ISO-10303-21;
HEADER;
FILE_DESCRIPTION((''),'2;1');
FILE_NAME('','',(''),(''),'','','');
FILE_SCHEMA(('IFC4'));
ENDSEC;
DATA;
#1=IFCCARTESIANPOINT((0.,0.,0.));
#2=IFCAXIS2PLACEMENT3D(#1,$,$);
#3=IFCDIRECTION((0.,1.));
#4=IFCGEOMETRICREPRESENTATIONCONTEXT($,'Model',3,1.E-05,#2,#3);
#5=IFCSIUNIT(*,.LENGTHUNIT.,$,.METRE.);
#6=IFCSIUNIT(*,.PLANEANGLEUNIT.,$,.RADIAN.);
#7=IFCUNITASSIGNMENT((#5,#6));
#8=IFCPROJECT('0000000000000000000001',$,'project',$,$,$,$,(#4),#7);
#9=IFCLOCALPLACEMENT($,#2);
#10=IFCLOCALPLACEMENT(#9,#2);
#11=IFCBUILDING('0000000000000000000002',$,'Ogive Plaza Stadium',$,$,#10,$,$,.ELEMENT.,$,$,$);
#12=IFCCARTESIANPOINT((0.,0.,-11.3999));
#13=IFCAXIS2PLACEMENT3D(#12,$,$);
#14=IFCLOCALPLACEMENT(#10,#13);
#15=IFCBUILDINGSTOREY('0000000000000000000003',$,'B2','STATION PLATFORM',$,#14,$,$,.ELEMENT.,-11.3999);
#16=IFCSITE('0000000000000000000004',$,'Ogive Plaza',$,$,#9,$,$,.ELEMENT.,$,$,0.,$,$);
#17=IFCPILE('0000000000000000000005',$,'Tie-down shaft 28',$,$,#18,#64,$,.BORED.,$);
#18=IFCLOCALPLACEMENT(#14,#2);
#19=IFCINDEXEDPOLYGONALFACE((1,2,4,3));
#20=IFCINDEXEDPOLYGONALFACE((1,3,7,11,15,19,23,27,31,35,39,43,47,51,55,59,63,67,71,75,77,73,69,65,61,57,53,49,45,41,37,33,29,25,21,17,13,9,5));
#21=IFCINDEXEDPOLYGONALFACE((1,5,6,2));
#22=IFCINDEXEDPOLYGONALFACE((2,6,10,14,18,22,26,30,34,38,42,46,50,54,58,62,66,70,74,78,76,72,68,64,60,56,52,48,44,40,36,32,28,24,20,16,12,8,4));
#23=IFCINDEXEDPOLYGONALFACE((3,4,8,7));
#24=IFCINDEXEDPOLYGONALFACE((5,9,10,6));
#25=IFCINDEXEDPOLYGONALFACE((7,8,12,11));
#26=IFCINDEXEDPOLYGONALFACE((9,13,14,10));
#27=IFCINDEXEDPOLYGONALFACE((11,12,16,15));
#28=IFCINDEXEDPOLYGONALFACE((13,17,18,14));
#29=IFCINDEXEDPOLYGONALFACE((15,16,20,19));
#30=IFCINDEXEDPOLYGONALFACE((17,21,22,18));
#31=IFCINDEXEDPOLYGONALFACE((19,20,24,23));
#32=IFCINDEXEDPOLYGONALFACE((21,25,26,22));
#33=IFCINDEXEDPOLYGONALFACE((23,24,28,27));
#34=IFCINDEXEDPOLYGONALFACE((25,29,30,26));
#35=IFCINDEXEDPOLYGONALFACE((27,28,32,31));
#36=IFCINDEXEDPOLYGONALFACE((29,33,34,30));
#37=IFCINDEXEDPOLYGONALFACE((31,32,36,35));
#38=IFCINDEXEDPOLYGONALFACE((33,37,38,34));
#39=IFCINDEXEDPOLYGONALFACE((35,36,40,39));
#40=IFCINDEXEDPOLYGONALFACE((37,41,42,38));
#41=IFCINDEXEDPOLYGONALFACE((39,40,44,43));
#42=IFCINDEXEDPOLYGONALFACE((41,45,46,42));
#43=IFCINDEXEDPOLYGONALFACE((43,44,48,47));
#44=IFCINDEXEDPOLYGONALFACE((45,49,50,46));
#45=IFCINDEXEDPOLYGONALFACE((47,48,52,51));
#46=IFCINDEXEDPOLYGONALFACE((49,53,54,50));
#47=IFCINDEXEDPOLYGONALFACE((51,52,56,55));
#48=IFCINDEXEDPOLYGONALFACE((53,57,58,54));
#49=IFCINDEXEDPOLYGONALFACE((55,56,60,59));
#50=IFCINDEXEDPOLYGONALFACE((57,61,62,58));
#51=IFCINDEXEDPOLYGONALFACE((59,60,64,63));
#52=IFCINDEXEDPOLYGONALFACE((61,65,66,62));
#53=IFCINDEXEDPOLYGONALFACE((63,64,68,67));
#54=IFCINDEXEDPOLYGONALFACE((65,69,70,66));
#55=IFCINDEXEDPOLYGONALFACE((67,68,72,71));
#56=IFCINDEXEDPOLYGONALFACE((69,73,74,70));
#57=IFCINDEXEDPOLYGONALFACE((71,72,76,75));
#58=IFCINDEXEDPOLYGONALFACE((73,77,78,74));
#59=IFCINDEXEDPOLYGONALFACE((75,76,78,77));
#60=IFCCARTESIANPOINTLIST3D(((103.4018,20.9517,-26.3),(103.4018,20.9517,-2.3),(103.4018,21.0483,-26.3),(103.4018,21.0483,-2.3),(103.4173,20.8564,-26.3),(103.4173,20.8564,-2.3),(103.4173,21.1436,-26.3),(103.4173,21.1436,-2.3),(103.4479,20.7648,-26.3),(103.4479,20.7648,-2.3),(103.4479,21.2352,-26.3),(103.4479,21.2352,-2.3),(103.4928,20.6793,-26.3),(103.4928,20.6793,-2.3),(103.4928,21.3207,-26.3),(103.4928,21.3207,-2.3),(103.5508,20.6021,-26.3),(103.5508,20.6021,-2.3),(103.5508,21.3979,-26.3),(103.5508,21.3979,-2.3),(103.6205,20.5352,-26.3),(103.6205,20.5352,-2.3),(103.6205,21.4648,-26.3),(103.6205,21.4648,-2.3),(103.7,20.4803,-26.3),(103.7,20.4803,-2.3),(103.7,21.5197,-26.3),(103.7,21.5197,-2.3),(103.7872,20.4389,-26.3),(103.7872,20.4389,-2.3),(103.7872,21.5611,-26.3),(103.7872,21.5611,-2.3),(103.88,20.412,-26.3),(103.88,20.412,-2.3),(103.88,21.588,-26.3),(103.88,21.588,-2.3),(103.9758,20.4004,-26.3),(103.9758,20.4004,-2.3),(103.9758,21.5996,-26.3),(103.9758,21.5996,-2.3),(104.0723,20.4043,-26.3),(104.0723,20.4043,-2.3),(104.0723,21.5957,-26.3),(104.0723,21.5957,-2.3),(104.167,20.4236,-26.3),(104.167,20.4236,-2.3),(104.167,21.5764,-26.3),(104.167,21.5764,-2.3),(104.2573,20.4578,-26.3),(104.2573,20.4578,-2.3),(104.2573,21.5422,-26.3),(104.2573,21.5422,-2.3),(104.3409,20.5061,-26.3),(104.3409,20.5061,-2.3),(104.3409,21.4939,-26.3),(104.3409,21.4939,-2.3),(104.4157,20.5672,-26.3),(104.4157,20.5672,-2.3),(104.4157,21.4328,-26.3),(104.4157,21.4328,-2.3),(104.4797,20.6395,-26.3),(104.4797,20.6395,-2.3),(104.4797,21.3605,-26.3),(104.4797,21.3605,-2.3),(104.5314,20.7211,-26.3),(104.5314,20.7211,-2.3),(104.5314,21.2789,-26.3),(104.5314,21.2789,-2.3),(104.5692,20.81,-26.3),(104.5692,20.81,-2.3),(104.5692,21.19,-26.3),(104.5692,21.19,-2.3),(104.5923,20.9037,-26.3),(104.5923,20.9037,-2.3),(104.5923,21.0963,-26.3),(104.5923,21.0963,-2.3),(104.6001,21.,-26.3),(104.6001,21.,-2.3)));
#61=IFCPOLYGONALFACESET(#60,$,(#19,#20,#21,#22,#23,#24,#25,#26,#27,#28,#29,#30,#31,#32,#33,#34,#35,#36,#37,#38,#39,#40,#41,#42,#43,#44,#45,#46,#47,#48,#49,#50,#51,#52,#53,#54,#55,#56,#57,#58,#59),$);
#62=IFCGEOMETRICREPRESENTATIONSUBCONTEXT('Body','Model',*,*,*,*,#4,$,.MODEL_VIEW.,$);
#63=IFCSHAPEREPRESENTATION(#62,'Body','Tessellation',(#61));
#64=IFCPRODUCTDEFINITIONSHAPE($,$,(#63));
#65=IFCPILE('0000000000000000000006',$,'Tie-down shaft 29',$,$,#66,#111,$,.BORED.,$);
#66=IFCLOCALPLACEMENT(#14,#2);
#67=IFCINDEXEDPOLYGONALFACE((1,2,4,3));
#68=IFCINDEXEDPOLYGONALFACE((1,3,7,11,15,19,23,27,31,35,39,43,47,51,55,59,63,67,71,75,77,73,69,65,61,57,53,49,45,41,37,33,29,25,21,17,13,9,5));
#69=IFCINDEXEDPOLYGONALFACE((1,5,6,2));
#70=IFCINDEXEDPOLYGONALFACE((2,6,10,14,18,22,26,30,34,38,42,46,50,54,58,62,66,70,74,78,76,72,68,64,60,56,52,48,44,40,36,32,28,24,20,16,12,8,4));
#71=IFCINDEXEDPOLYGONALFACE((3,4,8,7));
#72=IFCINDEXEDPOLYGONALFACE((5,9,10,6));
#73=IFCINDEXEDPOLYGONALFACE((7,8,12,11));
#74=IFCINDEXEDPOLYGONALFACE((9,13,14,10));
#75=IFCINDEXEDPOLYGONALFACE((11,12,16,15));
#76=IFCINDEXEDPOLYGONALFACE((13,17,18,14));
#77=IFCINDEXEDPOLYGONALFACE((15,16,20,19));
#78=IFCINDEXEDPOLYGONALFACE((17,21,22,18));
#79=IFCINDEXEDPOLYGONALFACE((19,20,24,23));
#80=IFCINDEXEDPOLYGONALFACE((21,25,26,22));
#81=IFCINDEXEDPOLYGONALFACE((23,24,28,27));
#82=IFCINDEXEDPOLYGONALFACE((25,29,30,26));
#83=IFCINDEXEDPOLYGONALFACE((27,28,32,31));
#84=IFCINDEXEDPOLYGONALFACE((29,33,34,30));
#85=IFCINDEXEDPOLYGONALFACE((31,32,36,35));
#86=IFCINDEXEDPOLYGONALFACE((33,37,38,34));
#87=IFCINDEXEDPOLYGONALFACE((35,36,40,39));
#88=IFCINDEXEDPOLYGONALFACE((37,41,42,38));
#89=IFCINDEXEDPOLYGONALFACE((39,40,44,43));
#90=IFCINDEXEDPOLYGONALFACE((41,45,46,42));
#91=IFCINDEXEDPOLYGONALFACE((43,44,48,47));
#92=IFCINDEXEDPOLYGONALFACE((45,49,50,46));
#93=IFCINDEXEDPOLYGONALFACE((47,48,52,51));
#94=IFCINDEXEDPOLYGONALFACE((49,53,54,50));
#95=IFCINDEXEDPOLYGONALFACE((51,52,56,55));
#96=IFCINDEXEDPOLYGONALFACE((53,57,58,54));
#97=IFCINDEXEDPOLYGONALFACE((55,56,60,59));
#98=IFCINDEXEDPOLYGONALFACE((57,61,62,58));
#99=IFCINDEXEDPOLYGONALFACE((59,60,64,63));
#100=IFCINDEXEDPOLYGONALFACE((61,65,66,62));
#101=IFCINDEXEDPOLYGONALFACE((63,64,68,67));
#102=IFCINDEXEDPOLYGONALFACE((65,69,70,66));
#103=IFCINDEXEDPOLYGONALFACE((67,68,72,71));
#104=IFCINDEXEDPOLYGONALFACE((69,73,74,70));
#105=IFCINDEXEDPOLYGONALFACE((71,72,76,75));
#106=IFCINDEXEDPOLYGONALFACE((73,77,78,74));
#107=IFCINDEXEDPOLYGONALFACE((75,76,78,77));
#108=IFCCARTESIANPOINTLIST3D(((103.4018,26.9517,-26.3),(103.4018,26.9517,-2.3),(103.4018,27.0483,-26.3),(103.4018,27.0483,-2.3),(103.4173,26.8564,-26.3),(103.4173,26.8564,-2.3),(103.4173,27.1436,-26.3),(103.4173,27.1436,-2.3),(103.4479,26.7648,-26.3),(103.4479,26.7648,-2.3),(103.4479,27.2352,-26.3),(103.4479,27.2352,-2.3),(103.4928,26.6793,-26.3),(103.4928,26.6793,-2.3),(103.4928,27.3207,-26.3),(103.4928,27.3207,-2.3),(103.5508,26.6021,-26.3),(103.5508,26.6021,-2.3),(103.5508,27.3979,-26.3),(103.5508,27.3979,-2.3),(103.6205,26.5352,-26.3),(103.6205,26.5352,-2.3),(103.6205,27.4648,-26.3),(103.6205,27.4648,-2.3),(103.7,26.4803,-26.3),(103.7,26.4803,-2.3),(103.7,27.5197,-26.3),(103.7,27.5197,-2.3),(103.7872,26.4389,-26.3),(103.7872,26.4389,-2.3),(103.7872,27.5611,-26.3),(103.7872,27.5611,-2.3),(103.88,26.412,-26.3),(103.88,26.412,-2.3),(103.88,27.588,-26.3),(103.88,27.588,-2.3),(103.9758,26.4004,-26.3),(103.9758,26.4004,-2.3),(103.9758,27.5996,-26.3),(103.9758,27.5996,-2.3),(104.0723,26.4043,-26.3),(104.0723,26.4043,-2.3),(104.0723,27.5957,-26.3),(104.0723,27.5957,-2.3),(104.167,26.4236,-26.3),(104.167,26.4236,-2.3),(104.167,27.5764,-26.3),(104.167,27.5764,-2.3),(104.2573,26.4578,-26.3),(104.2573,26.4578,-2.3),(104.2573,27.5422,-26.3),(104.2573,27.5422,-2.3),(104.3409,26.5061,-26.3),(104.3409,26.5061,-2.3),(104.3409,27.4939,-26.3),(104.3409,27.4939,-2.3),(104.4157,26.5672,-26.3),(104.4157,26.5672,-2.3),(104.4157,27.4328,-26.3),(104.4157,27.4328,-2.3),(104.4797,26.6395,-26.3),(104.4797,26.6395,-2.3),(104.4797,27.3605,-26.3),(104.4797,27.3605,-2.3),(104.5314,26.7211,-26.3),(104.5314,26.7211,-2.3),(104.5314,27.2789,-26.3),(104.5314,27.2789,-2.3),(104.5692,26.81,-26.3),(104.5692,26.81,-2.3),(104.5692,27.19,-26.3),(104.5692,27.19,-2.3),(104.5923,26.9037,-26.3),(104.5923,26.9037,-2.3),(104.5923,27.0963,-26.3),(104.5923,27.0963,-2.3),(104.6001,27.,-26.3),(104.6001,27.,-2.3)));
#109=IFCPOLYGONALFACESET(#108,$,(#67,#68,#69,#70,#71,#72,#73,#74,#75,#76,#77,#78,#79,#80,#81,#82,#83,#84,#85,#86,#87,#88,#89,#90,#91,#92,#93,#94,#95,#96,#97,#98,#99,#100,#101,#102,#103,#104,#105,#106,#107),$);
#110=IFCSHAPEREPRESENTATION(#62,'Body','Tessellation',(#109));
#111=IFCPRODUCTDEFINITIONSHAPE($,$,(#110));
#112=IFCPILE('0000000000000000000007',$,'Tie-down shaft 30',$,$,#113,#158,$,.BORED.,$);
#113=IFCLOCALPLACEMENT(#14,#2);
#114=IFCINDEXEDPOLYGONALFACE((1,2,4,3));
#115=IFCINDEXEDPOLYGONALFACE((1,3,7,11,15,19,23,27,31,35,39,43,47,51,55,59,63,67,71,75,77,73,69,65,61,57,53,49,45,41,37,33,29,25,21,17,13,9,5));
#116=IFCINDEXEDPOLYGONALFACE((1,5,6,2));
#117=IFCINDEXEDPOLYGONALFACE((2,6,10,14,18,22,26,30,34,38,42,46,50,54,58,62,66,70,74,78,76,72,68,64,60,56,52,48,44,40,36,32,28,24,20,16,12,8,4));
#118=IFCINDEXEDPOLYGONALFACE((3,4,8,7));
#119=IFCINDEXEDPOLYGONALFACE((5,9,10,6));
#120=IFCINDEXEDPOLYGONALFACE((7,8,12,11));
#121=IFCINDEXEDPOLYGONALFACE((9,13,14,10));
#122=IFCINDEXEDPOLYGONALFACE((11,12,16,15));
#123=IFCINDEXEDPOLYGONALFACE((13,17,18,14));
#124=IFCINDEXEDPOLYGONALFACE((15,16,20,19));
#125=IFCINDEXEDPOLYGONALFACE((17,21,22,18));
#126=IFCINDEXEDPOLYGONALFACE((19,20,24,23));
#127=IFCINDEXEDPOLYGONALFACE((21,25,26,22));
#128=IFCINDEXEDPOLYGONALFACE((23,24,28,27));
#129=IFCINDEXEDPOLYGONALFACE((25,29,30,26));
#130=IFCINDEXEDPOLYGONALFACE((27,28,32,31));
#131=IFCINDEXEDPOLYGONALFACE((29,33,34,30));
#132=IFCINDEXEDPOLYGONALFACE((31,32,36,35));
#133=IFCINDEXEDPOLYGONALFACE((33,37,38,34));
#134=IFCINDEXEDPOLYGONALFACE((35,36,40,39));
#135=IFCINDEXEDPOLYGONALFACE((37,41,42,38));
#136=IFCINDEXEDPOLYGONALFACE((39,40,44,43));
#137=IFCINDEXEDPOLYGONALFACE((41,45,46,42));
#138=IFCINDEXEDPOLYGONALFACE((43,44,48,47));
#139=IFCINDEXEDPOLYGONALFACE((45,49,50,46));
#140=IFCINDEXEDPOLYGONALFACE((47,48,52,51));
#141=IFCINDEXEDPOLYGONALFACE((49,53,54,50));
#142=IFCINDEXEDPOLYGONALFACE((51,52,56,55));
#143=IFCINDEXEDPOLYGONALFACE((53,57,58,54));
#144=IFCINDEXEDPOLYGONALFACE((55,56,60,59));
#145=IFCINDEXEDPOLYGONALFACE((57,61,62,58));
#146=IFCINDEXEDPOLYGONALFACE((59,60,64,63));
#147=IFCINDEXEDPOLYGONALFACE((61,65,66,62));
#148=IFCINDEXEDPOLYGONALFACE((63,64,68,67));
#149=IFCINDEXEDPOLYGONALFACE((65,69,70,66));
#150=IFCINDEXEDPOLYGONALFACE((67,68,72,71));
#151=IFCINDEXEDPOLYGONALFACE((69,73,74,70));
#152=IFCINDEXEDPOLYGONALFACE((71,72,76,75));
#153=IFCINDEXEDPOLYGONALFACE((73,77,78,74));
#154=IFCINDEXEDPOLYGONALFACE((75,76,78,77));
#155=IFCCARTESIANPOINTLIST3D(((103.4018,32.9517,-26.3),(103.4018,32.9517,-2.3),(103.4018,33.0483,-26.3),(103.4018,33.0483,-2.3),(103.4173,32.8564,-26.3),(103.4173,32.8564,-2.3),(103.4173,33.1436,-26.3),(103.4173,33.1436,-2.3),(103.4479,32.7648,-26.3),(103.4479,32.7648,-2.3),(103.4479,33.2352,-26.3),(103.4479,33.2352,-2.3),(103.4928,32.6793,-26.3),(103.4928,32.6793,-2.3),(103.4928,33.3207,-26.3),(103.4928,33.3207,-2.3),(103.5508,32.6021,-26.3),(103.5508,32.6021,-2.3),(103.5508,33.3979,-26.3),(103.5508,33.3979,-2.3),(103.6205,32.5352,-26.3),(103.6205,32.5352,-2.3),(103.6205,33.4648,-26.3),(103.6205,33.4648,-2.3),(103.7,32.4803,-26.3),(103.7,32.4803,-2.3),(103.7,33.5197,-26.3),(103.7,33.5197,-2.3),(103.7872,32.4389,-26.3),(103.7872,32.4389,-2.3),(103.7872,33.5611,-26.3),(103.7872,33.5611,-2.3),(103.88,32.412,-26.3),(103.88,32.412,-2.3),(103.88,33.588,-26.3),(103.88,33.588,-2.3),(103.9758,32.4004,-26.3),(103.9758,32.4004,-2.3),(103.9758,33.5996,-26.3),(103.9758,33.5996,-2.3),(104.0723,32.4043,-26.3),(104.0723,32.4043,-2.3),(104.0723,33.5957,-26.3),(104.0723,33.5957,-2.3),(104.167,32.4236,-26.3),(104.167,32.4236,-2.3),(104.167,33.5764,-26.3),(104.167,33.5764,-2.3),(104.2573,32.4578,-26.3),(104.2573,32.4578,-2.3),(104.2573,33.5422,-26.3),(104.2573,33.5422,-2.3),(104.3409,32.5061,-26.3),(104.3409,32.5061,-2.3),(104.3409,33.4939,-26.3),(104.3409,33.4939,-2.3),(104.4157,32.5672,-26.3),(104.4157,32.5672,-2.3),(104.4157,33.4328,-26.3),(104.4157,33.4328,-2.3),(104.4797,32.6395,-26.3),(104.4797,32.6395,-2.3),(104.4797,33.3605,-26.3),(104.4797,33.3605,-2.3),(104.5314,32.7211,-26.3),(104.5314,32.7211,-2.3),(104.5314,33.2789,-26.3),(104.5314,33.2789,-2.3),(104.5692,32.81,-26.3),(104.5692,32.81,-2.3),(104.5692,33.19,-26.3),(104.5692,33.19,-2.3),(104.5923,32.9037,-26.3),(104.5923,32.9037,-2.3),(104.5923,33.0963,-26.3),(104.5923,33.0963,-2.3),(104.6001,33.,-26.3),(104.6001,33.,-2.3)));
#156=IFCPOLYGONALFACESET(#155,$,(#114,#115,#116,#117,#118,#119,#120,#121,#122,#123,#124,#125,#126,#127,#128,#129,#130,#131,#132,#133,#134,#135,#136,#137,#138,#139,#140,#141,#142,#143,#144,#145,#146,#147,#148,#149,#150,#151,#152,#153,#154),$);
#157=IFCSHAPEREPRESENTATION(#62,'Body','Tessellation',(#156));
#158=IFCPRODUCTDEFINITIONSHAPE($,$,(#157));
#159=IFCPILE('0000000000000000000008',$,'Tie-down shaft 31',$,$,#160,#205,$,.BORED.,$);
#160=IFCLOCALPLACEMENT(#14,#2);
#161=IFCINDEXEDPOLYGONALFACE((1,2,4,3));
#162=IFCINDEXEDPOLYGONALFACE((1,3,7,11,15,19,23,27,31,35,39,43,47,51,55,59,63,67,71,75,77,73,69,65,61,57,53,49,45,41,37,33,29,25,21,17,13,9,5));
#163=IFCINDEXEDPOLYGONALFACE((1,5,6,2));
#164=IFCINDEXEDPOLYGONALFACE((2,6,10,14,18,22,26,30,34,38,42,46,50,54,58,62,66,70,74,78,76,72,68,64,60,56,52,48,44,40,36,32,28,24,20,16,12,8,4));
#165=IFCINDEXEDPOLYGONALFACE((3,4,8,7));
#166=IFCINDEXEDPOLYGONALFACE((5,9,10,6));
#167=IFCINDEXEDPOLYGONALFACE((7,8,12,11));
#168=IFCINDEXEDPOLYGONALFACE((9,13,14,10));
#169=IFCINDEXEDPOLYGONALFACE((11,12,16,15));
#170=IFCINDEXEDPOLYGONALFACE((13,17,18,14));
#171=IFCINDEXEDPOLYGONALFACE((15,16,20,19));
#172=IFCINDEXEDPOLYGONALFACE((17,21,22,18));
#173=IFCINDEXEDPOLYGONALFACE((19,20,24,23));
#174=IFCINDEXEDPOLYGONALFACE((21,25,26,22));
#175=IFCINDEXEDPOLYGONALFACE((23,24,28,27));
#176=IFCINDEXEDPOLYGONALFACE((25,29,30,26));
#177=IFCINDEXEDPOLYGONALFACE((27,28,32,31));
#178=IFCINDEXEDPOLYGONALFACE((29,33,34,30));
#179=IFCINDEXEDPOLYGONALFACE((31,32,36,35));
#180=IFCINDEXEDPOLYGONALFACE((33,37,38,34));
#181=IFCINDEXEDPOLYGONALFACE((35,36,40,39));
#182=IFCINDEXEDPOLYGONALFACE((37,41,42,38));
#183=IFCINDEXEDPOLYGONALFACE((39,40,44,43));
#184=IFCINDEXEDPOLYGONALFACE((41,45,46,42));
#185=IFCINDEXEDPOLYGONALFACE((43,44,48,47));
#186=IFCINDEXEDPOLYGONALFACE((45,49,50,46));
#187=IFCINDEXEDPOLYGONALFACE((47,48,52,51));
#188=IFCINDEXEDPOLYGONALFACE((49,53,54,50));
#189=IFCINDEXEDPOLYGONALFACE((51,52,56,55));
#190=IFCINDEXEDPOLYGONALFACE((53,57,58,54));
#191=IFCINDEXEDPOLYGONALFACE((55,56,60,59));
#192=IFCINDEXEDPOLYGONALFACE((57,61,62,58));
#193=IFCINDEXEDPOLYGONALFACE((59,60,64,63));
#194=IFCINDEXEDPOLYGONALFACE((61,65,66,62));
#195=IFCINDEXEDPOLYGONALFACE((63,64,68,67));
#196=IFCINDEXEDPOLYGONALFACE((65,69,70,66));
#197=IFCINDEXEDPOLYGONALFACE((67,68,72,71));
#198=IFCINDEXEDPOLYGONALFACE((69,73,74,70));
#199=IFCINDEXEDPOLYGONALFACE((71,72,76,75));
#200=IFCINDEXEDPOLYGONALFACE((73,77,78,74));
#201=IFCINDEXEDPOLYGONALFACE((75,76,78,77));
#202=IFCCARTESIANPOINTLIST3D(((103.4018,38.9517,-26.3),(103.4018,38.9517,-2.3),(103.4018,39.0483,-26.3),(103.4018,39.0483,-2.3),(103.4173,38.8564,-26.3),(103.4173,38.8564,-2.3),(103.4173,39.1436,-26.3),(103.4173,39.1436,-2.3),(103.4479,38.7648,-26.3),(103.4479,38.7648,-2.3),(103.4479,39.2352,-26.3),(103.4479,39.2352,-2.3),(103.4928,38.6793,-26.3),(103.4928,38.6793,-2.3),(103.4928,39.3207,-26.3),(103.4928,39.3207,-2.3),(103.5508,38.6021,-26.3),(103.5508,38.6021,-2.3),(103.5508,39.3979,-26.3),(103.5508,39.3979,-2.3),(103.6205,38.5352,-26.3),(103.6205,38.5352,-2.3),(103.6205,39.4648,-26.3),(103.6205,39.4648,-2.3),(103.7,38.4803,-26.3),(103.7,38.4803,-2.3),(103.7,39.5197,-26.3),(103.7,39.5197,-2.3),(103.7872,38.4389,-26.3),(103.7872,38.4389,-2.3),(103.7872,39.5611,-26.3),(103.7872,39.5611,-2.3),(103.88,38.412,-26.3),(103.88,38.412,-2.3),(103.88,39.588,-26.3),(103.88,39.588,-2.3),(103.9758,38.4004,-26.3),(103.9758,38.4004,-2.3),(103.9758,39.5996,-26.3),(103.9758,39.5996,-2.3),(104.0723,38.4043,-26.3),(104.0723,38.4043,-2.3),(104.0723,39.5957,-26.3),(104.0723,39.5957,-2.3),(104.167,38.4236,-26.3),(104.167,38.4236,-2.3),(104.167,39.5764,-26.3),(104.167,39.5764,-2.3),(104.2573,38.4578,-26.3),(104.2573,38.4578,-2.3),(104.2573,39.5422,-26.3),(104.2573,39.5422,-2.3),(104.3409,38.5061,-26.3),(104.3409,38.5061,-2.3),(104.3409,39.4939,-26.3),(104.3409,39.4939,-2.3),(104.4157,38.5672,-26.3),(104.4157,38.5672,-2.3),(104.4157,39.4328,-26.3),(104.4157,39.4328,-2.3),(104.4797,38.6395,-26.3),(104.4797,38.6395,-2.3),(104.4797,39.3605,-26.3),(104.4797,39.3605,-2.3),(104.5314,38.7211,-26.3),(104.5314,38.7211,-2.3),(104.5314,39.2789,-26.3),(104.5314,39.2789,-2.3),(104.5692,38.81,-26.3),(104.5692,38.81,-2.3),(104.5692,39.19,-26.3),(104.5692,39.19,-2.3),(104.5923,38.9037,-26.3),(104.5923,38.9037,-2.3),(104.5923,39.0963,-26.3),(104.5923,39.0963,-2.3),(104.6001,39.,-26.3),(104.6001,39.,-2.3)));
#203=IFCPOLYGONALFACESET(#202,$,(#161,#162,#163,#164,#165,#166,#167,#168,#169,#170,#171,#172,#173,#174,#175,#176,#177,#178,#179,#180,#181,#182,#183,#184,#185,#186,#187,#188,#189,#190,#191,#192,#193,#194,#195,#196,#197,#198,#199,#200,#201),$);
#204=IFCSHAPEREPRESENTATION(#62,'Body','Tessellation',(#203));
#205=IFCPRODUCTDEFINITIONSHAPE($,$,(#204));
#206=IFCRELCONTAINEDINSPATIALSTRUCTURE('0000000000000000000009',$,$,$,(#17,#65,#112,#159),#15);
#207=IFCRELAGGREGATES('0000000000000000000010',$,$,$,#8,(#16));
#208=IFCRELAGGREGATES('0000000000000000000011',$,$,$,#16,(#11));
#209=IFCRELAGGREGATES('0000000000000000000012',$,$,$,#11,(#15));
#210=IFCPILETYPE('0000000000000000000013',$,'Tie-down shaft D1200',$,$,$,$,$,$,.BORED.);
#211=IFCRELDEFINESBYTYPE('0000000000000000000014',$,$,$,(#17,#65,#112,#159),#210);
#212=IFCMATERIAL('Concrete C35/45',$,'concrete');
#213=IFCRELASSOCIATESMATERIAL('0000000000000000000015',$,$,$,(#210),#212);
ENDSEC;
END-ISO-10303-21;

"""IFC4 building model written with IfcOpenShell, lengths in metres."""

from ifc_helpers import new_model, si_unit, direction, frame, origin, origin_2d, place, context, subcontext, project, spatial, circle, extrude, material, material_profile, profile_set, type_object, element, save


model = new_model("IFC4")

# Units and contexts
model_context = context("Model", 3, precision=1e-05, world=origin(), true_north=direction((0.0, 1.0)))
body_context = subcontext(model_context, "Body", "Model", "MODEL_VIEW")
ifc_project = project(units=[si_unit("LENGTHUNIT", "METRE"), si_unit("PLANEANGLEUNIT", "RADIAN")], contexts=[model_context])

# Site, building, storey
site_placement = place(None, origin())
site = spatial("IfcSite", under=ifc_project, at=site_placement, Name="Ogive Plaza", CompositionType="ELEMENT", RefElevation=0.0)
building_placement = place(site_placement, origin())
building = spatial("IfcBuilding", under=site, at=building_placement, Name="Ogive Plaza Stadium", CompositionType="ELEMENT")
storey_placement = place(building_placement, frame((0.0, 0.0, -11.3999)))
storey = spatial("IfcBuildingStorey", under=building, at=storey_placement, Name="B2", Description="STATION PLATFORM", CompositionType="ELEMENT", Elevation=-11.3999)

# Piles
ifc_material_1 = material(Name="Concrete C35/45", Category="concrete")
ifc_material_profile_1 = material_profile(ifc_material_1, circle(Radius=0.6001, at=origin_2d()), Name="Tie-down shaft D1200")
ifc_profile_set_1 = profile_set([ifc_material_profile_1], Name="Concrete C35/45")
pile_type = type_object("IfcPileType", Name="Tie-down shaft D1200", PredefinedType="BORED", material=ifc_profile_set_1)
for number, where, z_axis, x_axis, name in (
    (1, (104.0, 21.0, -2.3), (0.0, 0.0, -1.0), (1.0, 0.0, 0.0), "Tie-down shaft 28"),
    (2, (104.0, 27.0, -2.3), (0.0, 0.0, -1.0), (1.0, 0.0, 0.0), "Tie-down shaft 29"),
    (3, (104.0, 33.0, -2.3), (0.0, 0.0, -1.0), (1.0, 0.0, 0.0), "Tie-down shaft 30"),
    (4, (104.0, 39.0, -2.3), (0.0, 0.0, -1.0), (1.0, 0.0, 0.0), "Tie-down shaft 31"),
):
    element("IfcPile", number, at=place(storey_placement, frame(where, z_axis=z_axis, x_axis=x_axis)), inside=storey, type_object=pile_type, Name=name, PredefinedType="BORED", context=body_context, shape_type="SweptSolid", body=[
        extrude(circle(Radius=0.6001, at=origin_2d()), origin(), (0.0, 0.0, 1.0), 24.0),
    ])

save(model, "model.ifc")
